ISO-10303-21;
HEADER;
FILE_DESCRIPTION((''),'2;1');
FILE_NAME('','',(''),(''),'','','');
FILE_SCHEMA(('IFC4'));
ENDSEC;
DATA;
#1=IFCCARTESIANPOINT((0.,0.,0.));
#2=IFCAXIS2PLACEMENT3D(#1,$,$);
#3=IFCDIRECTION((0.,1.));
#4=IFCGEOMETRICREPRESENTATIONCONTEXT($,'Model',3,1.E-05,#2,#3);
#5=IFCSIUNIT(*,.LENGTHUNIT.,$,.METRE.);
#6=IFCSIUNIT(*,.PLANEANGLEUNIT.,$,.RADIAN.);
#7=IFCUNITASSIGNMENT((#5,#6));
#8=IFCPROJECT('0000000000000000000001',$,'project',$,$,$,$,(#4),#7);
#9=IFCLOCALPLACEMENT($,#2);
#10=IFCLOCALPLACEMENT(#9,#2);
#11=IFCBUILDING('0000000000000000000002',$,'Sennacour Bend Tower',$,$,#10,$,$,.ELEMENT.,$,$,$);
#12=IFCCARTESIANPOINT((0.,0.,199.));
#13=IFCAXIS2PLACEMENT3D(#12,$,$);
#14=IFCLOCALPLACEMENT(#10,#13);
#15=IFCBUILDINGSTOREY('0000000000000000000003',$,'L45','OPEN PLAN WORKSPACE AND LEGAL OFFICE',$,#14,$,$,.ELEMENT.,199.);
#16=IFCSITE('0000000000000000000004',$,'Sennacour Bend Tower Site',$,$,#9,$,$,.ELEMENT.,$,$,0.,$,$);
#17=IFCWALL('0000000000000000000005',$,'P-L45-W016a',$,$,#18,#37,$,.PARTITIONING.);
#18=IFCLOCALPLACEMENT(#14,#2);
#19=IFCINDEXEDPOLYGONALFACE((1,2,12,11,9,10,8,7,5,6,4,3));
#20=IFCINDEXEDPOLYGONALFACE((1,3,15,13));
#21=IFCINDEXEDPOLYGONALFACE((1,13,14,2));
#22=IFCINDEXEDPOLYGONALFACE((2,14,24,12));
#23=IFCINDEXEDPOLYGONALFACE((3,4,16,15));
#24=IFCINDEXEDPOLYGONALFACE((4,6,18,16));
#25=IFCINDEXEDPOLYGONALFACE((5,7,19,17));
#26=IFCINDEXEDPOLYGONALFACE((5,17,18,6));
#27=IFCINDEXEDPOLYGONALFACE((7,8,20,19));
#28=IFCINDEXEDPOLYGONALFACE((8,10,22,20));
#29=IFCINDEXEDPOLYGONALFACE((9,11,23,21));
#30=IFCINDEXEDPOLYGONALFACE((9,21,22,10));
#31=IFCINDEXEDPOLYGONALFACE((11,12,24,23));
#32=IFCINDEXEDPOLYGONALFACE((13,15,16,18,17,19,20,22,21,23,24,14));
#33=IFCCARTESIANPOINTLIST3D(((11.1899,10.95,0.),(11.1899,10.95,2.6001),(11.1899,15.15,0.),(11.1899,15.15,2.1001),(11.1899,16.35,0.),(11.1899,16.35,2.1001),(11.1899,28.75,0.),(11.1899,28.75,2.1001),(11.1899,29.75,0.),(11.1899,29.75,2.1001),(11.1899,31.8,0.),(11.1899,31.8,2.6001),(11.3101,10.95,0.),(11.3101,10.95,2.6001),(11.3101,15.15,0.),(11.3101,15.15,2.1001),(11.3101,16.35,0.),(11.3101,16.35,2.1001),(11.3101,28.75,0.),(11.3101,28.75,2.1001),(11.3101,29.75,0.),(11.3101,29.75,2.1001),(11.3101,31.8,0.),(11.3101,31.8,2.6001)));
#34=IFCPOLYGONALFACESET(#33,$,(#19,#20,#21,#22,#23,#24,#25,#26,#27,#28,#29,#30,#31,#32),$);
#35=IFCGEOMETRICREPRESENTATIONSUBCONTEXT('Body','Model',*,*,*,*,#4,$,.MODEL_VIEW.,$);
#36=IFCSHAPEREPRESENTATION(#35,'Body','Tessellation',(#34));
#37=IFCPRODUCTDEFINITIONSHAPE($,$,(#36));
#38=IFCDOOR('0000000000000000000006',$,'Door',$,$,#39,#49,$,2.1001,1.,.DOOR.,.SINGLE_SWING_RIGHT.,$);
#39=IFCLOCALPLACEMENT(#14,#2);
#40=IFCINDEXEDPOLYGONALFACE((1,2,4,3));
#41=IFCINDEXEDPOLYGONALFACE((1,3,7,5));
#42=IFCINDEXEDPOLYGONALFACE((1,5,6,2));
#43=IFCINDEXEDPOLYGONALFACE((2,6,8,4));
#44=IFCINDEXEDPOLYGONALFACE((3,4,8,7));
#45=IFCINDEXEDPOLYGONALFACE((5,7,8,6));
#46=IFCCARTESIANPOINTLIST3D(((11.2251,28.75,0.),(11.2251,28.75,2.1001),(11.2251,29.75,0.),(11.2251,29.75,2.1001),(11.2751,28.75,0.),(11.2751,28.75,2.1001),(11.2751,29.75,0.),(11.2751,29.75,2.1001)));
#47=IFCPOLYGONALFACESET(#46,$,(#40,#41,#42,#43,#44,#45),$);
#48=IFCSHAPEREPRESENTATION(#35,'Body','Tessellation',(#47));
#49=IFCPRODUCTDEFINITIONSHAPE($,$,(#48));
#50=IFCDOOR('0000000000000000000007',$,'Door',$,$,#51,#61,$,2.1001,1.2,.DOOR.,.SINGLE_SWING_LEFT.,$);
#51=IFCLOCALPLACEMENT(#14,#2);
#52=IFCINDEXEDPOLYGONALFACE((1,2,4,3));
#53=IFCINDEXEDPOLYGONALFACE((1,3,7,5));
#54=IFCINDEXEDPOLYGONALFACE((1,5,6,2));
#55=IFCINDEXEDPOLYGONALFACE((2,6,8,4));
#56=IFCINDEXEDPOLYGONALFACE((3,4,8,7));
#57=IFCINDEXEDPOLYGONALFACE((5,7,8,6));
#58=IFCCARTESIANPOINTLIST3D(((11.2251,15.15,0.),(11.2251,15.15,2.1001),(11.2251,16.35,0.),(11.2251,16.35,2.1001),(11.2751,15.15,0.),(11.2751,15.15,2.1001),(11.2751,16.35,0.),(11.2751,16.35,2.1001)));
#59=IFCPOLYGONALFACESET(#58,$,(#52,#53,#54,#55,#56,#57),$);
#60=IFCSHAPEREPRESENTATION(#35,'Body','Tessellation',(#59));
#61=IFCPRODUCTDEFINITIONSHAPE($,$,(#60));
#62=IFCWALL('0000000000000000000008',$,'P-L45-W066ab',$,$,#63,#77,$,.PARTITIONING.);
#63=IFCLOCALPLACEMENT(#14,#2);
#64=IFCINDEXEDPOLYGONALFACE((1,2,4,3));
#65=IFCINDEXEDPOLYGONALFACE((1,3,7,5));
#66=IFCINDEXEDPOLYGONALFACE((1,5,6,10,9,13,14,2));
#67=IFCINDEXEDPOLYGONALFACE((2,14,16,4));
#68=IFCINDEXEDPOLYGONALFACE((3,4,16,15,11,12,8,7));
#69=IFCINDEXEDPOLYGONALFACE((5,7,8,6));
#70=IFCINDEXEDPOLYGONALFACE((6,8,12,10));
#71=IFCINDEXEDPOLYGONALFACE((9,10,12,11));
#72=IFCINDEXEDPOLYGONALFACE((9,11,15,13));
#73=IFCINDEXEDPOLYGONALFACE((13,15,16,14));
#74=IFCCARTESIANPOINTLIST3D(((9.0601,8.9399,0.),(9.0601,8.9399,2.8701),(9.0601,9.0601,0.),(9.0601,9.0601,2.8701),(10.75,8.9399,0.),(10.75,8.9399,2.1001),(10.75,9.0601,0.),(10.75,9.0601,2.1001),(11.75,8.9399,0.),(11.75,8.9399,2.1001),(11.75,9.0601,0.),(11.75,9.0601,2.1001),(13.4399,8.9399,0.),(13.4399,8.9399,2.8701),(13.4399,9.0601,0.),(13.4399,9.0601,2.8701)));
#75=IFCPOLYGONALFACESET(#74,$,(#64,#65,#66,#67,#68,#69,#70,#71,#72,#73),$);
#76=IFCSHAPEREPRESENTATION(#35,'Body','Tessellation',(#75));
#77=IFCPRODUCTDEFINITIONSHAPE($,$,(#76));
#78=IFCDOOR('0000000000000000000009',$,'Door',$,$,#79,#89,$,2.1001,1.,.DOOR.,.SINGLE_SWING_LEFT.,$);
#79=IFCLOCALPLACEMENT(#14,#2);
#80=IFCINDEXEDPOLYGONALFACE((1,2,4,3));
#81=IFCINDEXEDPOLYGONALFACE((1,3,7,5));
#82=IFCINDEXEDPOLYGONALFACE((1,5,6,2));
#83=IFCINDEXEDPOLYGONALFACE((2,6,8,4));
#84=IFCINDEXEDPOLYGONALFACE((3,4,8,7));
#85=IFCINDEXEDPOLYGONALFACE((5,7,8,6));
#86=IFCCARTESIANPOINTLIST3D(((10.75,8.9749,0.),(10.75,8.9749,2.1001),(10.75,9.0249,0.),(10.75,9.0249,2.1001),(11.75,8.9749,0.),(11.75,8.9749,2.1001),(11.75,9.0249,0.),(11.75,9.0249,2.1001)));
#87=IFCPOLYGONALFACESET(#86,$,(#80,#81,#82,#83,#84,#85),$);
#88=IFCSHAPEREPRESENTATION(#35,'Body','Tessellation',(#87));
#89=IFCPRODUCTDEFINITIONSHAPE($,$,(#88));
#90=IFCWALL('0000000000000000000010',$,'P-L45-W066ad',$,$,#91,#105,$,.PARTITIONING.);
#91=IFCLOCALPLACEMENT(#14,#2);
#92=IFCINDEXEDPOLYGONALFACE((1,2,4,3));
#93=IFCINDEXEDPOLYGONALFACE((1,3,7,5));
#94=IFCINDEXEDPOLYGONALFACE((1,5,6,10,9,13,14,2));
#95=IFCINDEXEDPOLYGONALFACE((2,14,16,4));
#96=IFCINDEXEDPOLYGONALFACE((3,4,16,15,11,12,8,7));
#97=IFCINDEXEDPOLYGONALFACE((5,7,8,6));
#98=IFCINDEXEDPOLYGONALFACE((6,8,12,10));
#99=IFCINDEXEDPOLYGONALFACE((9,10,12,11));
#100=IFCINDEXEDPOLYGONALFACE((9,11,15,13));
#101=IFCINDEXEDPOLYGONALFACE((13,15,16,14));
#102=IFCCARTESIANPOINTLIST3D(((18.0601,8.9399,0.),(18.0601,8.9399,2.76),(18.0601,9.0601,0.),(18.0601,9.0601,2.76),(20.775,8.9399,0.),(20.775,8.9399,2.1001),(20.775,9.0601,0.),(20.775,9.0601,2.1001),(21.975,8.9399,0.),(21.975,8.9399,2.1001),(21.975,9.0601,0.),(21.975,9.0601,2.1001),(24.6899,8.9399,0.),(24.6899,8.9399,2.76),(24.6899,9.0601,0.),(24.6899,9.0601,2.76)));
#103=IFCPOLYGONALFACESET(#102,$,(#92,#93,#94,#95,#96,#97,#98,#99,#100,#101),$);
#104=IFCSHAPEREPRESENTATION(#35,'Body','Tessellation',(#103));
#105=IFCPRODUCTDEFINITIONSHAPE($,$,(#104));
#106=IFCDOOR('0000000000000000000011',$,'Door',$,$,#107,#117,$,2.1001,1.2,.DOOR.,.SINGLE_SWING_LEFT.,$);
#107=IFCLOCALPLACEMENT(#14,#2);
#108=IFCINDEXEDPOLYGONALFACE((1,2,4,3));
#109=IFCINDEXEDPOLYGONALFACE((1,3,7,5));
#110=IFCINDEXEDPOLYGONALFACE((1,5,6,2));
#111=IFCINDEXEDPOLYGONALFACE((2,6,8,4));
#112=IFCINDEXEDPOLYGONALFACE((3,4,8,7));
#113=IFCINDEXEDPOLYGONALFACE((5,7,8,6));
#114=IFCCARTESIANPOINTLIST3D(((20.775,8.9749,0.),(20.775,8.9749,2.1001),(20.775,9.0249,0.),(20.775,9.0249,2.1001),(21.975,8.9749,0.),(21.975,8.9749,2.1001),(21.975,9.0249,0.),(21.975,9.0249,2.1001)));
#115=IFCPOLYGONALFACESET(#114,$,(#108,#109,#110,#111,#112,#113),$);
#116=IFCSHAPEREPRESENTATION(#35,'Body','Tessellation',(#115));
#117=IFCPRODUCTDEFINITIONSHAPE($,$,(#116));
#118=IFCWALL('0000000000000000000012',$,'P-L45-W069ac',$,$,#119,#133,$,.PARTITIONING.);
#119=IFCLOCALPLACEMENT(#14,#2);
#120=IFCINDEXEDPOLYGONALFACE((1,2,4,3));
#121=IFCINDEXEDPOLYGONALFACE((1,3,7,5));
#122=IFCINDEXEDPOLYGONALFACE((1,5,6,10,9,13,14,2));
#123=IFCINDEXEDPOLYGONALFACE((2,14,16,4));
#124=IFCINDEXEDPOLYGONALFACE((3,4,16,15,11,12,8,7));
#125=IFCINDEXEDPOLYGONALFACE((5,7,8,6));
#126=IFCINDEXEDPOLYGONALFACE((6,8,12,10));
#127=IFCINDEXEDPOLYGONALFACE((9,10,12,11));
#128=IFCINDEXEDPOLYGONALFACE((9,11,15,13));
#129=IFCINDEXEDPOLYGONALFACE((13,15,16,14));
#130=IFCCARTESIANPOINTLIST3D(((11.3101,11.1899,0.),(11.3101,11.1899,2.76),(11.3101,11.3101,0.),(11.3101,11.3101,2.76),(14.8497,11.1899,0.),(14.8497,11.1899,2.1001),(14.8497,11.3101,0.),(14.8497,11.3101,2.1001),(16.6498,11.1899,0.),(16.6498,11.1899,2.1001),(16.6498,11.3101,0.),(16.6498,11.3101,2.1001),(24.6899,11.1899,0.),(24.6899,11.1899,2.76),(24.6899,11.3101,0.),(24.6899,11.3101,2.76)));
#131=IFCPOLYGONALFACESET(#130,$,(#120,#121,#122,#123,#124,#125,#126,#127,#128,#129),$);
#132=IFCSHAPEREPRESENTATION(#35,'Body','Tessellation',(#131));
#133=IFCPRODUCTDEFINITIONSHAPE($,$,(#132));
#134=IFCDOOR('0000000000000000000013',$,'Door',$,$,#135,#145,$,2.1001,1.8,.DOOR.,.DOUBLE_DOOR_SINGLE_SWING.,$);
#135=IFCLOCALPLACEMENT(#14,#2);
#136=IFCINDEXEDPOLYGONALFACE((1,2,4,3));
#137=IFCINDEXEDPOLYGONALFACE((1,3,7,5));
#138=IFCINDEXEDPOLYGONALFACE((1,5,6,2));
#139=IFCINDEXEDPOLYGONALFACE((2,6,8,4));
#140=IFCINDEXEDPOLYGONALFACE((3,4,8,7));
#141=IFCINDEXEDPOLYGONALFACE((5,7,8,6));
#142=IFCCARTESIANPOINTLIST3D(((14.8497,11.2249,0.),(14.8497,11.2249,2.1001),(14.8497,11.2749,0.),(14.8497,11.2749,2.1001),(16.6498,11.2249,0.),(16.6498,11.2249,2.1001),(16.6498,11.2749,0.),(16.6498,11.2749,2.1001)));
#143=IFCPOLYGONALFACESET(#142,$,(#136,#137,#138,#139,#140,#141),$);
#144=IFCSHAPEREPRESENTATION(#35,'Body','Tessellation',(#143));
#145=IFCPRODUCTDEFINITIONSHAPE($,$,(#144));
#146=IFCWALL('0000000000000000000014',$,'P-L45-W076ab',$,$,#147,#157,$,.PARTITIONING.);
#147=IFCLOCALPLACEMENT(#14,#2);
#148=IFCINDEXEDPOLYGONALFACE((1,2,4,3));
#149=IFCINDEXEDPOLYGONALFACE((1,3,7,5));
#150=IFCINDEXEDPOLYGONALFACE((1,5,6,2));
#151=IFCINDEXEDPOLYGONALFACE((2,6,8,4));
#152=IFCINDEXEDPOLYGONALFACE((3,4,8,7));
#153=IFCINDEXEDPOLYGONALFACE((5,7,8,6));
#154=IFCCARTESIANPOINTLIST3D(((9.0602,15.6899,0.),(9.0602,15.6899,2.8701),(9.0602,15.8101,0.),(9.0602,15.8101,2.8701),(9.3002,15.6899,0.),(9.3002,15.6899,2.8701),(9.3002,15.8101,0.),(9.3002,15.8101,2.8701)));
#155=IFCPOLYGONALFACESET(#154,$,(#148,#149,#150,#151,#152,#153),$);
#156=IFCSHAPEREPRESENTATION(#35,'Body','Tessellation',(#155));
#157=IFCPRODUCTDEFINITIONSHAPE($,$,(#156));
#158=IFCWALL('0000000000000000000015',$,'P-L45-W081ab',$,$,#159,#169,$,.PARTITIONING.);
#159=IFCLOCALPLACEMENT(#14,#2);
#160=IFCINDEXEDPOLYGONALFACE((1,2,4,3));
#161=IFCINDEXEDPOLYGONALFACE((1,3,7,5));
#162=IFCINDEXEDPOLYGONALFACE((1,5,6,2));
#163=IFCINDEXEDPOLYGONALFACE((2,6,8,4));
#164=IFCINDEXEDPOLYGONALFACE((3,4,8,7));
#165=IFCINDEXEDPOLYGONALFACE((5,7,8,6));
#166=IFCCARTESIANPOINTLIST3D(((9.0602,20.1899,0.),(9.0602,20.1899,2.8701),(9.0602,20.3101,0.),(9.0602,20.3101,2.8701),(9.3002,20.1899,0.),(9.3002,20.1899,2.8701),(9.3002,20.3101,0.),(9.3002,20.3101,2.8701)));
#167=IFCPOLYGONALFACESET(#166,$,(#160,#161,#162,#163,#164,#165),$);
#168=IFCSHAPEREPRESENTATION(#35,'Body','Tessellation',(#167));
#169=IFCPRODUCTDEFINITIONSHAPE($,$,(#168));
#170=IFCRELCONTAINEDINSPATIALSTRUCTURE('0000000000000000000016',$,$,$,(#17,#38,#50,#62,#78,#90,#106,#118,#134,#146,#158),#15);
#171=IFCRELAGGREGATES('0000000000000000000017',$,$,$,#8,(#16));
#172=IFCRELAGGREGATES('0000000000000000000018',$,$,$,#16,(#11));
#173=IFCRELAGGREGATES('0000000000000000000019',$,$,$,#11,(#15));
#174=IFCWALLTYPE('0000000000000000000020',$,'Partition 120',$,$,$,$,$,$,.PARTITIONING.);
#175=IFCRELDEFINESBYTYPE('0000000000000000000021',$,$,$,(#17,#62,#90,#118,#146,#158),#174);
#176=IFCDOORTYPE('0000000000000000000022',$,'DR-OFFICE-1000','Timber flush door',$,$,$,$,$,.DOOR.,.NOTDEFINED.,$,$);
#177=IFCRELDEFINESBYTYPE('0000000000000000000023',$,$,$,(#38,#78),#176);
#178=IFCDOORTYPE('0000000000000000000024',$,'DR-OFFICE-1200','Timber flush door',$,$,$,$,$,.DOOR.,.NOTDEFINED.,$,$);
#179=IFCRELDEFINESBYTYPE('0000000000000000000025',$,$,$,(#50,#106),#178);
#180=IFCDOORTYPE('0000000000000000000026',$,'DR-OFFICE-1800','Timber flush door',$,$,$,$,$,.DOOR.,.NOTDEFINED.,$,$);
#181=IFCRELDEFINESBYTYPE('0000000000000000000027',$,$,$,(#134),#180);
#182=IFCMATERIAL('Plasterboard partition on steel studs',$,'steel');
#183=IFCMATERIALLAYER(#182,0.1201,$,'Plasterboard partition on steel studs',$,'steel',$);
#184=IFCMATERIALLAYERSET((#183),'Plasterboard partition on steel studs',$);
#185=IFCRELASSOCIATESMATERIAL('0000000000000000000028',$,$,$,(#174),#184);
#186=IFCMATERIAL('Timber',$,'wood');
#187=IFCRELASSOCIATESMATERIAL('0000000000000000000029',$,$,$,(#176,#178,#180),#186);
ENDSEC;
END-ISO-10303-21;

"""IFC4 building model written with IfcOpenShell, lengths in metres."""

from ifc_helpers import new_model, si_unit, direction, frame, frame_2d, origin, place, context, subcontext, project, spatial, rectangle, extrude, material, layer, layer_set, type_object, element, fill, save


model = new_model("IFC4")

# Units and contexts
model_context = context("Model", 3, precision=1e-05, world=origin(), true_north=direction((0.0, 1.0)))
body_context = subcontext(model_context, "Body", "Model", "MODEL_VIEW")
ifc_project = project(units=[si_unit("LENGTHUNIT", "METRE"), si_unit("PLANEANGLEUNIT", "RADIAN")], contexts=[model_context])

# Site, building, storey
site_placement = place(None, origin())
site = spatial("IfcSite", under=ifc_project, at=site_placement, Name="Sennacour Bend Tower Site", CompositionType="ELEMENT", RefElevation=0.0)
building_placement = place(site_placement, origin())
building = spatial("IfcBuilding", under=site, at=building_placement, Name="Sennacour Bend Tower", CompositionType="ELEMENT")
storey_placement = place(building_placement, frame((0.0, 0.0, 199.0)))
storey = spatial("IfcBuildingStorey", under=building, at=storey_placement, Name="L45", Description="OPEN PLAN WORKSPACE AND LEGAL OFFICE", CompositionType="ELEMENT", Elevation=199.0)

# Wall, openings, doors
ifc_material_1 = material(Name="Plasterboard partition on steel studs", Category="steel")
ifc_layer_1 = layer(ifc_material_1, 0.1201, Name="Plasterboard partition on steel studs", Category="steel")
ifc_layer_set_1 = layer_set([ifc_layer_1], Name="Plasterboard partition on steel studs")
wall_type_1 = type_object("IfcWallType", Name="Partition 120", PredefinedType="PARTITIONING", material=ifc_layer_set_1)
wall_1_placement = place(storey_placement, frame((11.25, 10.95, 0.0), z_axis=(0.0, 0.0, 1.0), x_axis=(0.0, 1.0, 0.0)))
wall_1 = element("IfcWall", 1, at=wall_1_placement, inside=storey, type_object=wall_type_1, Name="P-L45-W016a", PredefinedType="PARTITIONING", context=body_context, shape_type="SweptSolid", body=[
    extrude(rectangle(XDim=20.8501, YDim=0.1201, at=frame_2d((10.425, 0.0))), origin(), (0.0, 0.0, 1.0), 2.6001),
])
opening_1_placement = place(wall_1_placement, frame((17.8, 0.0, 0.0)))
opening_1 = element("IfcOpeningElement", 2, at=opening_1_placement, cuts=wall_1, PredefinedType="OPENING", context=body_context, shape_type="SweptSolid", body=[
    extrude(rectangle(XDim=1.0, YDim=2.1001, at=frame_2d((0.5, 1.05))), frame((0.0, 0.0701, 0.0), z_axis=(0.0, -1.0, 0.0), x_axis=(1.0, 0.0, 0.0)), (0.0, 0.0, 1.0), 0.1401),
])
opening_2_placement = place(wall_1_placement, frame((4.2, 0.0, 0.0)))
opening_2 = element("IfcOpeningElement", 3, at=opening_2_placement, cuts=wall_1, PredefinedType="OPENING", context=body_context, shape_type="SweptSolid", body=[
    extrude(rectangle(XDim=1.2, YDim=2.1001, at=frame_2d((0.6001, 1.05))), frame((0.0, 0.0701, 0.0), z_axis=(0.0, -1.0, 0.0), x_axis=(1.0, 0.0, 0.0)), (0.0, 0.0, 1.0), 0.1401),
])
ifc_material_2 = material(Name="Timber", Category="wood")
door_type_1 = type_object("IfcDoorType", Name="DR-OFFICE-1000", Description="Timber flush door", OperationType="NOTDEFINED", PredefinedType="DOOR", material=ifc_material_2)
door_1_placement = place(opening_1_placement, origin())
door_1 = element("IfcDoor", 4, at=door_1_placement, inside=storey, type_object=door_type_1, Name="Door", OperationType="SINGLE_SWING_RIGHT", OverallHeight=2.1001, OverallWidth=1.0, PredefinedType="DOOR", context=body_context, shape_type="SweptSolid", body=[
    extrude(rectangle(XDim=1.0, YDim=2.1001, at=frame_2d((0.5, 1.05))), frame((0.0, 0.0249, 0.0), z_axis=(0.0, -1.0, 0.0), x_axis=(1.0, 0.0, 0.0)), (0.0, 0.0, 1.0), 0.05),
])
fill(opening_1, door_1)
door_type_2 = type_object("IfcDoorType", Name="DR-OFFICE-1200", Description="Timber flush door", OperationType="NOTDEFINED", PredefinedType="DOOR", material=ifc_material_2)
door_2_placement = place(opening_2_placement, origin())
door_2 = element("IfcDoor", 5, at=door_2_placement, inside=storey, type_object=door_type_2, Name="Door", OperationType="SINGLE_SWING_LEFT", OverallHeight=2.1001, OverallWidth=1.2, PredefinedType="DOOR", context=body_context, shape_type="SweptSolid", body=[
    extrude(rectangle(XDim=1.2, YDim=2.1001, at=frame_2d((0.6001, 1.05))), frame((0.0, 0.0249, 0.0), z_axis=(0.0, -1.0, 0.0), x_axis=(1.0, 0.0, 0.0)), (0.0, 0.0, 1.0), 0.05),
])
fill(opening_2, door_2)

# Walls, openings, doors
wall_2_placement = place(storey_placement, frame((9.0601, 9.0, 0.0), z_axis=(0.0, 0.0, 1.0), x_axis=(1.0, 0.0, 0.0)))
wall_2 = element("IfcWall", 6, at=wall_2_placement, inside=storey, type_object=wall_type_1, Name="P-L45-W066ab", PredefinedType="PARTITIONING", context=body_context, shape_type="SweptSolid", body=[
    extrude(rectangle(XDim=4.3799, YDim=0.1201, at=frame_2d((2.1899, 0.0))), origin(), (0.0, 0.0, 1.0), 2.8701),
])
opening_3_placement = place(wall_2_placement, frame((1.6899, 0.0, 0.0)))
opening_3 = element("IfcOpeningElement", 7, at=opening_3_placement, cuts=wall_2, PredefinedType="OPENING", context=body_context, shape_type="SweptSolid", body=[
    extrude(rectangle(XDim=1.0, YDim=2.1001, at=frame_2d((0.5, 1.05))), frame((0.0, 0.0701, 0.0), z_axis=(0.0, -1.0, 0.0), x_axis=(1.0, 0.0, 0.0)), (0.0, 0.0, 1.0), 0.1401),
])
door_3_placement = place(opening_3_placement, origin())
door_3 = element("IfcDoor", 8, at=door_3_placement, inside=storey, type_object=door_type_1, Name="Door", OperationType="SINGLE_SWING_LEFT", OverallHeight=2.1001, OverallWidth=1.0, PredefinedType="DOOR", context=body_context, shape_type="SweptSolid", body=[
    extrude(rectangle(XDim=1.0, YDim=2.1001, at=frame_2d((0.5, 1.05))), frame((0.0, 0.0249, 0.0), z_axis=(0.0, -1.0, 0.0), x_axis=(1.0, 0.0, 0.0)), (0.0, 0.0, 1.0), 0.05),
])
fill(opening_3, door_3)
wall_3_placement = place(storey_placement, frame((18.0601, 9.0, 0.0), z_axis=(0.0, 0.0, 1.0), x_axis=(1.0, 0.0, 0.0)))
wall_3 = element("IfcWall", 9, at=wall_3_placement, inside=storey, type_object=wall_type_1, Name="P-L45-W066ad", PredefinedType="PARTITIONING", context=body_context, shape_type="SweptSolid", body=[
    extrude(rectangle(XDim=6.6299, YDim=0.1201, at=frame_2d((3.3149, 0.0))), origin(), (0.0, 0.0, 1.0), 2.76),
])
opening_4_placement = place(wall_3_placement, frame((2.7148, 0.0, 0.0)))
opening_4 = element("IfcOpeningElement", 10, at=opening_4_placement, cuts=wall_3, PredefinedType="OPENING", context=body_context, shape_type="SweptSolid", body=[
    extrude(rectangle(XDim=1.2, YDim=2.1001, at=frame_2d((0.6001, 1.05))), frame((0.0, 0.0701, 0.0), z_axis=(0.0, -1.0, 0.0), x_axis=(1.0, 0.0, 0.0)), (0.0, 0.0, 1.0), 0.1401),
])
door_4_placement = place(opening_4_placement, origin())
door_4 = element("IfcDoor", 11, at=door_4_placement, inside=storey, type_object=door_type_2, Name="Door", OperationType="SINGLE_SWING_LEFT", OverallHeight=2.1001, OverallWidth=1.2, PredefinedType="DOOR", context=body_context, shape_type="SweptSolid", body=[
    extrude(rectangle(XDim=1.2, YDim=2.1001, at=frame_2d((0.6001, 1.05))), frame((0.0, 0.0249, 0.0), z_axis=(0.0, -1.0, 0.0), x_axis=(1.0, 0.0, 0.0)), (0.0, 0.0, 1.0), 0.05),
])
fill(opening_4, door_4)
wall_4_placement = place(storey_placement, frame((11.3101, 11.25, 0.0), z_axis=(0.0, 0.0, 1.0), x_axis=(1.0, 0.0, 0.0)))
wall_4 = element("IfcWall", 12, at=wall_4_placement, inside=storey, type_object=wall_type_1, Name="P-L45-W069ac", PredefinedType="PARTITIONING", context=body_context, shape_type="SweptSolid", body=[
    extrude(rectangle(XDim=13.3799, YDim=0.1201, at=frame_2d((6.6899, 0.0))), origin(), (0.0, 0.0, 1.0), 2.76),
])
opening_5_placement = place(wall_4_placement, frame((3.5398, 0.0, 0.0)))
opening_5 = element("IfcOpeningElement", 13, at=opening_5_placement, cuts=wall_4, PredefinedType="OPENING", context=body_context, shape_type="SweptSolid", body=[
    extrude(rectangle(XDim=1.8, YDim=2.1001, at=frame_2d((0.8999, 1.05))), frame((0.0, 0.0701, 0.0), z_axis=(0.0, -1.0, 0.0), x_axis=(1.0, 0.0, 0.0)), (0.0, 0.0, 1.0), 0.1401),
])
door_type_3 = type_object("IfcDoorType", Name="DR-OFFICE-1800", Description="Timber flush door", OperationType="NOTDEFINED", PredefinedType="DOOR", material=ifc_material_2)
door_5_placement = place(opening_5_placement, origin())
door_5 = element("IfcDoor", 14, at=door_5_placement, inside=storey, type_object=door_type_3, Name="Door", OperationType="DOUBLE_DOOR_SINGLE_SWING", OverallHeight=2.1001, OverallWidth=1.8, PredefinedType="DOOR", context=body_context, shape_type="SweptSolid", body=[
    extrude(rectangle(XDim=1.8, YDim=2.1001, at=frame_2d((0.8999, 1.05))), frame((0.0, 0.0249, 0.0), z_axis=(0.0, -1.0, 0.0), x_axis=(1.0, 0.0, 0.0)), (0.0, 0.0, 1.0), 0.05),
])
fill(opening_5, door_5)

# Walls
for number, where, z_axis, x_axis, name in (
    (15, (9.0601, 15.75, 0.0), (0.0, 0.0, 1.0), (1.0, 0.0, 0.0), "P-L45-W076ab"),
    (16, (9.0601, 20.25, 0.0), (0.0, 0.0, 1.0), (1.0, 0.0, 0.0), "P-L45-W081ab"),
):
    element("IfcWall", number, at=place(storey_placement, frame(where, z_axis=z_axis, x_axis=x_axis)), inside=storey, type_object=wall_type_1, Name=name, PredefinedType="PARTITIONING", context=body_context, shape_type="SweptSolid", body=[
        extrude(rectangle(XDim=0.24, YDim=0.1201, at=frame_2d((0.1201, 0.0))), origin(), (0.0, 0.0, 1.0), 2.8701),
    ])

save(model, "model.ifc")
